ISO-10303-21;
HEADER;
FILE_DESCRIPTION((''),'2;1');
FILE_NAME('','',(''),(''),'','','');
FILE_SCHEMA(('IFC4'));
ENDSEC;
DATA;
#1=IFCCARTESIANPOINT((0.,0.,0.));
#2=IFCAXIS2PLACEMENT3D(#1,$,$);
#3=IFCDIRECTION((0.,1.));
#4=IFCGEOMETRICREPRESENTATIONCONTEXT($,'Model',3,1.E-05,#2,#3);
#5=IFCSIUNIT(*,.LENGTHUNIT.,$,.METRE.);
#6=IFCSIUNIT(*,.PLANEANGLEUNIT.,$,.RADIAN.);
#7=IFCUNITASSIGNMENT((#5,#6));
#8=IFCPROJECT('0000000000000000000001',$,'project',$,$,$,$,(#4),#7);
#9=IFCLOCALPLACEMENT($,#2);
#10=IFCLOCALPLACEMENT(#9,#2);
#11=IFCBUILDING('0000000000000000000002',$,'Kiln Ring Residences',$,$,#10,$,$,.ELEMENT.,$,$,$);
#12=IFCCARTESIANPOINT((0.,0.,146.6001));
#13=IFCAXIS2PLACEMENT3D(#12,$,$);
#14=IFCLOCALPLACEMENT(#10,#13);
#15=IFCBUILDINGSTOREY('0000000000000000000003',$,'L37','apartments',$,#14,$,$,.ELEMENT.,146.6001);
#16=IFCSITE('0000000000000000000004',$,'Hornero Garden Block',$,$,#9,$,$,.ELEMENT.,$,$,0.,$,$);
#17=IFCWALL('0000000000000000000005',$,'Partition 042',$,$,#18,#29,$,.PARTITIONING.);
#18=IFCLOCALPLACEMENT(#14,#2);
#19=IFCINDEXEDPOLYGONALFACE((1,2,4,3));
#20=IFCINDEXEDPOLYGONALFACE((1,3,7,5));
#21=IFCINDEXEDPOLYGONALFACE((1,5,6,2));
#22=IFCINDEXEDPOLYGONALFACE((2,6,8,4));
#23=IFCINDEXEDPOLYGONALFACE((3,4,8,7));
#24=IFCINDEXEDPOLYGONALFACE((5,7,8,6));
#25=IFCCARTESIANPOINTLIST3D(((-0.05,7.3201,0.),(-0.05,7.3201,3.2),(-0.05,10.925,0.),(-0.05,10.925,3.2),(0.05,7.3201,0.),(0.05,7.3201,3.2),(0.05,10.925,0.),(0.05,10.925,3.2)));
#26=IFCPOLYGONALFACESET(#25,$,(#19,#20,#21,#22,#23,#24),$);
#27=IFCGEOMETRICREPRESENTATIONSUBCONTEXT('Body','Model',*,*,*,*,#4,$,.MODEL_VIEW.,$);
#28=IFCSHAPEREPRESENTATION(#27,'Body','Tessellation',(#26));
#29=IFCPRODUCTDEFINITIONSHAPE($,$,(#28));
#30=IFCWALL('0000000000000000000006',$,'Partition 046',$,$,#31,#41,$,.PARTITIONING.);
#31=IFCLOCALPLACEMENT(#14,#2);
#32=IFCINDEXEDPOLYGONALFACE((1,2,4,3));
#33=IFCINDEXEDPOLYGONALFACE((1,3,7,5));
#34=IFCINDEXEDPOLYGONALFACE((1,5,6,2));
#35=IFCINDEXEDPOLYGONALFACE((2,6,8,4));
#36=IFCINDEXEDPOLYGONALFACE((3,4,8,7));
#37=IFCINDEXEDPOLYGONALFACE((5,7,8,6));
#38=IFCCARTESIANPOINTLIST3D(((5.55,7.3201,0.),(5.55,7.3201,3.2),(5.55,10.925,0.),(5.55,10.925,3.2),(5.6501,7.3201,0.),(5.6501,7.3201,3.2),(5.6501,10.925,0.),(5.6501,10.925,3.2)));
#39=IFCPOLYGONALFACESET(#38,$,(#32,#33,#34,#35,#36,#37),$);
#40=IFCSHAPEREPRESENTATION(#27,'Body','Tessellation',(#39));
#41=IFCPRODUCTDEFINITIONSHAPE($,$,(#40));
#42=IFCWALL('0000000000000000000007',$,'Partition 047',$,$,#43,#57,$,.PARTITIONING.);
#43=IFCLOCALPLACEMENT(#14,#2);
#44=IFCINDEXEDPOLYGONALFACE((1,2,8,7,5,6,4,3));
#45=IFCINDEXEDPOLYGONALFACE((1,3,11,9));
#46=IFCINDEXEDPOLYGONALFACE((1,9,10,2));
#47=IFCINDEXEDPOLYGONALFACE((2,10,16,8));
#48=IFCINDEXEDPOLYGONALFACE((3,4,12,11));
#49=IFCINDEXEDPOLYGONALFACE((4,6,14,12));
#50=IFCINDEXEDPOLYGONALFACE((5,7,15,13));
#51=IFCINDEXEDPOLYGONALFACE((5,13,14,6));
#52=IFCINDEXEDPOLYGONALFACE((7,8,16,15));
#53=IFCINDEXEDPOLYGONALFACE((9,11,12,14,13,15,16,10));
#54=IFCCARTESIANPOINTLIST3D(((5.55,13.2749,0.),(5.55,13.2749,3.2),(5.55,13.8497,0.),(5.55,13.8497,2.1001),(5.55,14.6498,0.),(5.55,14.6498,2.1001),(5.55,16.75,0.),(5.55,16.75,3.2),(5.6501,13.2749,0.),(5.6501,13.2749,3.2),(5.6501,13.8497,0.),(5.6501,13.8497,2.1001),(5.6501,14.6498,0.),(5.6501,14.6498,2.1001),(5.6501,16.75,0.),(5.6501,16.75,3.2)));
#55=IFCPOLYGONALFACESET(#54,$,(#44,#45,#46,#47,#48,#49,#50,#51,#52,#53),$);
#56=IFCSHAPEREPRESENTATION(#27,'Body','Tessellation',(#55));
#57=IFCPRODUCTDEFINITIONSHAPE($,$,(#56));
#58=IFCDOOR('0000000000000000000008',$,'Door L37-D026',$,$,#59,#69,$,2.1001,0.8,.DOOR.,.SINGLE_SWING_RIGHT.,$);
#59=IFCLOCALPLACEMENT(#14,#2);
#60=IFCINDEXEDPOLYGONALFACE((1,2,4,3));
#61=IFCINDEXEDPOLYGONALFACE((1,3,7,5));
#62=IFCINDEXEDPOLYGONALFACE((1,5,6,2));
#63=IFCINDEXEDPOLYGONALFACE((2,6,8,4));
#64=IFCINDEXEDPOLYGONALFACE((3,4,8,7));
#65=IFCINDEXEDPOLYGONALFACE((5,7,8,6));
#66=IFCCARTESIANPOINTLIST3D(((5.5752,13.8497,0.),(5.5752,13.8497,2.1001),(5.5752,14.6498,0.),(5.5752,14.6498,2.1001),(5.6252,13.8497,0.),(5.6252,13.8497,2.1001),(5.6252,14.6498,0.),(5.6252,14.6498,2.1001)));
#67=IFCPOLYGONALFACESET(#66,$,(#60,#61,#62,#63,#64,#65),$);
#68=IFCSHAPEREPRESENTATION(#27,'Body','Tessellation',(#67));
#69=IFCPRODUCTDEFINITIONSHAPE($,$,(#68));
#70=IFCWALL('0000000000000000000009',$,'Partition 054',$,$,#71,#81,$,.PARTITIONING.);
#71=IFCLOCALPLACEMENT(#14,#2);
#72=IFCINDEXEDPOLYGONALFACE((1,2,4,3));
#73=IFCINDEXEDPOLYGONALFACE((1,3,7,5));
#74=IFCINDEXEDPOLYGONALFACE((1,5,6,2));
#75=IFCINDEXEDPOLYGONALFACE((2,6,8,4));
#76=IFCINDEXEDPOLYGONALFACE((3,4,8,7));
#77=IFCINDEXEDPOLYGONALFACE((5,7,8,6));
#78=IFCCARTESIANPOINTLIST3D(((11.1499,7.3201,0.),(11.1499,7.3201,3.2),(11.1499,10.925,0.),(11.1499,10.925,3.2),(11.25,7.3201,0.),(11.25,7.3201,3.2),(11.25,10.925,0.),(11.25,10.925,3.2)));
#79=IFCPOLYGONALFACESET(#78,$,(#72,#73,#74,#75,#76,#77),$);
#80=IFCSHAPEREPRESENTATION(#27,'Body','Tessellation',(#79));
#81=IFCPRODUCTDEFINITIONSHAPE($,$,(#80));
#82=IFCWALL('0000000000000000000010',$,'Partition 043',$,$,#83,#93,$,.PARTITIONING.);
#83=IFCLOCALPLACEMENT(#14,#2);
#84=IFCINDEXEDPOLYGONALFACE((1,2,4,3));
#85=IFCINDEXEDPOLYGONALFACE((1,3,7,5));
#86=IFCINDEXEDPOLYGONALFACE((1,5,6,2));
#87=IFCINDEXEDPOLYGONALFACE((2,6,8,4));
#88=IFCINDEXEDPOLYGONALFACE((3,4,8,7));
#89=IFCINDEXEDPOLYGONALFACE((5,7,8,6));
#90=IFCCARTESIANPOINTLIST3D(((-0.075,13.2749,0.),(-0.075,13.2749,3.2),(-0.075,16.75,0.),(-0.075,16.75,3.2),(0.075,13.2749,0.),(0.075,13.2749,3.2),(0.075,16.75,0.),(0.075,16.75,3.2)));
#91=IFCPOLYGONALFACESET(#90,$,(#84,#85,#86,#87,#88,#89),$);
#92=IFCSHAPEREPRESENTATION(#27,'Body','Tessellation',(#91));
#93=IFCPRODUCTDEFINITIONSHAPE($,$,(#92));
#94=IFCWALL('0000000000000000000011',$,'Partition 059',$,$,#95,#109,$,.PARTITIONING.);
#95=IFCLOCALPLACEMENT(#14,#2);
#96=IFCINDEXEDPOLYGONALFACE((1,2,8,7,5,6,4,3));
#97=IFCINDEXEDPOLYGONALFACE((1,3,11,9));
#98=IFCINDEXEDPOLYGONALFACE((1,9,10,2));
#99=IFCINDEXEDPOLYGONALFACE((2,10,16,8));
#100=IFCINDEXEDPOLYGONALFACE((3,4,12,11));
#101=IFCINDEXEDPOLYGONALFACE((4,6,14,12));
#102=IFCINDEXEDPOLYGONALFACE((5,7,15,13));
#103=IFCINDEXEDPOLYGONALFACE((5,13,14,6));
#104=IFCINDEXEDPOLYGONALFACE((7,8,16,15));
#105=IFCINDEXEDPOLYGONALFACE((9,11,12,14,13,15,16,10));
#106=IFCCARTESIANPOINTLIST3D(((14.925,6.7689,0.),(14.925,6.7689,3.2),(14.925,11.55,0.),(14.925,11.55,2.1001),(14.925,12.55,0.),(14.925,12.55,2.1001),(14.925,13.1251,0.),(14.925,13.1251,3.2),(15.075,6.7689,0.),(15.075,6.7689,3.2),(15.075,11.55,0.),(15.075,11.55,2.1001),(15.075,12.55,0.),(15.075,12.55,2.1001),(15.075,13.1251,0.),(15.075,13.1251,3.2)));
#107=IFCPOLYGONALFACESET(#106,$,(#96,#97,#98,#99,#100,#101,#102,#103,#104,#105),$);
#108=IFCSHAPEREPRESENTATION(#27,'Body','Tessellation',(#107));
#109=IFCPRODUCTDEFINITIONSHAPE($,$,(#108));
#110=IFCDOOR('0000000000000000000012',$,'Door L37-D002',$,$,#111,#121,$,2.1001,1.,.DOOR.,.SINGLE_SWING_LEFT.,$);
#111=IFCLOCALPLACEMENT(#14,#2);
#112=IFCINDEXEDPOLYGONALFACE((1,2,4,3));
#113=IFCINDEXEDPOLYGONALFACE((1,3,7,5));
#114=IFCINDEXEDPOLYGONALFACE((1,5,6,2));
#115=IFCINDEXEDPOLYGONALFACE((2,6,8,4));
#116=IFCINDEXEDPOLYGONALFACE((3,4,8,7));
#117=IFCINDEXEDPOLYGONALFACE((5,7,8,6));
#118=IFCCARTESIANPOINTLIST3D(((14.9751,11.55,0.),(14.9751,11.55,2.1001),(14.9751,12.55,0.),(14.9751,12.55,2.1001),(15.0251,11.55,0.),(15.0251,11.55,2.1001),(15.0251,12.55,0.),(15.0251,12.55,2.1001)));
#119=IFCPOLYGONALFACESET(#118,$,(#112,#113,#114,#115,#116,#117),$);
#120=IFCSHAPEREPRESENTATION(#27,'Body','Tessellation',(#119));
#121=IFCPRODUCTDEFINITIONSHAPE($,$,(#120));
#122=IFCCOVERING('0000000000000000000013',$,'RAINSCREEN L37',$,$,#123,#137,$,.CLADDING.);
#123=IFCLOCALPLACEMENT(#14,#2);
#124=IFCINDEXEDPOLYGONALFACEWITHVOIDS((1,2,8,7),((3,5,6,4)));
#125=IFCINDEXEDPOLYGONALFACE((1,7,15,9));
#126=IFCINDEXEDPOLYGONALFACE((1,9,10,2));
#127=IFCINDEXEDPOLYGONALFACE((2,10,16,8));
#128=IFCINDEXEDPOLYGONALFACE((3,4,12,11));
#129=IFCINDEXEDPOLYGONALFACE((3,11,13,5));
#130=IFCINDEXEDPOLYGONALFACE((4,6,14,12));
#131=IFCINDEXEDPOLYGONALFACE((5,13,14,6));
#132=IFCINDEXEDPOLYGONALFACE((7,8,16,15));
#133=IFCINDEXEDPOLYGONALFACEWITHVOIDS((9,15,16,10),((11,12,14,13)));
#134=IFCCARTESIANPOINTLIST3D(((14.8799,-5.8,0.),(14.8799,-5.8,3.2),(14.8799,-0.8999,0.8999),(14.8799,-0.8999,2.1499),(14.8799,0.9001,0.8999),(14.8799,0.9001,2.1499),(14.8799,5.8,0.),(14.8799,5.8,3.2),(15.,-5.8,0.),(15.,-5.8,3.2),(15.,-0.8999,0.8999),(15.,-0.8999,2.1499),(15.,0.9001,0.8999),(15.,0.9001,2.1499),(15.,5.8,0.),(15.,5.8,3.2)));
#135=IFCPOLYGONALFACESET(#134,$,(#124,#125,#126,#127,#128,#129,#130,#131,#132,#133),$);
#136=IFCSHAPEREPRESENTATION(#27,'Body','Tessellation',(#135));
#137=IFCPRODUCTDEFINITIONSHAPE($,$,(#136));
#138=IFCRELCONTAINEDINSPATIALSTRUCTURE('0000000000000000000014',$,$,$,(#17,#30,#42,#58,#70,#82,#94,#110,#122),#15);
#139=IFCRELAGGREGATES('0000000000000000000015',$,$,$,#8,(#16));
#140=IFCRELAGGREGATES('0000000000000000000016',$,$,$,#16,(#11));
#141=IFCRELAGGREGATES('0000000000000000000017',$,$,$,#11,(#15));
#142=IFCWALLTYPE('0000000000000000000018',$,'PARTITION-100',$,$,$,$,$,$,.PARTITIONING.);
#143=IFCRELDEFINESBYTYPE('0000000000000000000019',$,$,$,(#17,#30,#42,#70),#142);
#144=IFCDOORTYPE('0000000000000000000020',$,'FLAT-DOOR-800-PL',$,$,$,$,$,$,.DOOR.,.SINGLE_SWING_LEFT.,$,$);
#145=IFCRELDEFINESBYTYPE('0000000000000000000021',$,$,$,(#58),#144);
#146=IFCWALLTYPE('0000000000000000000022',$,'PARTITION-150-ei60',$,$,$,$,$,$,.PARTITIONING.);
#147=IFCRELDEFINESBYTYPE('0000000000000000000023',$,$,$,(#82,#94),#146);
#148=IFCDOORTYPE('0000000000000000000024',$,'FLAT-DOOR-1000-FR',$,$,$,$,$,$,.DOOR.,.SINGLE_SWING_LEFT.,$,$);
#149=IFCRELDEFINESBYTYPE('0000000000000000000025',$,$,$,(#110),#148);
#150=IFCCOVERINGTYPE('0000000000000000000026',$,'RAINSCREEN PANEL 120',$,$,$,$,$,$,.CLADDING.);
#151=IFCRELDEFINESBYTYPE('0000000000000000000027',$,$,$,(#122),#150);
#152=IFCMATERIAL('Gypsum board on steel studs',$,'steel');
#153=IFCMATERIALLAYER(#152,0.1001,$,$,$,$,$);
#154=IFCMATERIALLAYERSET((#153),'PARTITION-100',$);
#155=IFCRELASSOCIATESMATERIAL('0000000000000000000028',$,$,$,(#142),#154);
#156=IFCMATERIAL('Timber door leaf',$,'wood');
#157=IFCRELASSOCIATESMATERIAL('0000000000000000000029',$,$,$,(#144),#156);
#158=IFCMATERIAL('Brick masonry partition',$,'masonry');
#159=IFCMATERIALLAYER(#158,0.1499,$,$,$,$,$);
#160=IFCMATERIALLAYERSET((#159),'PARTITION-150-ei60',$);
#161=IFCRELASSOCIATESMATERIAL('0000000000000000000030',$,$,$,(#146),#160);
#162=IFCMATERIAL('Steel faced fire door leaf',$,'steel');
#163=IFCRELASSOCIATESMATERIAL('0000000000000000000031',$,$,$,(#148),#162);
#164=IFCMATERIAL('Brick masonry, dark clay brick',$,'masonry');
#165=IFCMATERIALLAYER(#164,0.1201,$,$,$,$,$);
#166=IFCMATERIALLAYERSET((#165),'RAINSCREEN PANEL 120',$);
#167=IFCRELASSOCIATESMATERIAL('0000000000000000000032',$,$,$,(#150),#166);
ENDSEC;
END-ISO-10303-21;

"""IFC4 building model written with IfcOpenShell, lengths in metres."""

from ifc_helpers import new_model, si_unit, direction, frame, frame_2d, origin, place, context, subcontext, project, spatial, polyline, rectangle, outline, extrude, material, layer, layer_set, type_object, element, fill, save


model = new_model("IFC4")

# Units and contexts
model_context = context("Model", 3, precision=1e-05, world=origin(), true_north=direction((0.0, 1.0)))
body_context = subcontext(model_context, "Body", "Model", "MODEL_VIEW")
ifc_project = project(units=[si_unit("LENGTHUNIT", "METRE"), si_unit("PLANEANGLEUNIT", "RADIAN")], contexts=[model_context])

# Site, building, storey
site_placement = place(None, origin())
site = spatial("IfcSite", under=ifc_project, at=site_placement, Name="Hornero Garden Block", CompositionType="ELEMENT", RefElevation=0.0)
building_placement = place(site_placement, origin())
building = spatial("IfcBuilding", under=site, at=building_placement, Name="Kiln Ring Residences", CompositionType="ELEMENT")
storey_placement = place(building_placement, frame((0.0, 0.0, 146.6001)))
storey = spatial("IfcBuildingStorey", under=building, at=storey_placement, Name="L37", Description="apartments", CompositionType="ELEMENT", Elevation=146.6001)

# Walls
ifc_material_1 = material(Name="Gypsum board on steel studs", Category="steel")
ifc_layer_1 = layer(ifc_material_1, 0.1001)
ifc_layer_set_1 = layer_set([ifc_layer_1], Name="PARTITION-100")
wall_type_1 = type_object("IfcWallType", Name="PARTITION-100", PredefinedType="PARTITIONING", material=ifc_layer_set_1)
for number, where, z_axis, x_axis, name in (
    (1, (0.0, 7.3201, 0.0), (0.0, 0.0, 1.0), (0.0, 1.0, 0.0), "Partition 042"),
    (2, (5.6001, 7.3201, 0.0), (0.0, 0.0, 1.0), (0.0, 1.0, 0.0), "Partition 046"),
):
    element("IfcWall", number, at=place(storey_placement, frame(where, z_axis=z_axis, x_axis=x_axis)), inside=storey, type_object=wall_type_1, Name=name, PredefinedType="PARTITIONING", context=body_context, shape_type="SweptSolid", body=[
        extrude(rectangle(XDim=3.605, YDim=0.1001, at=frame_2d((1.8025, 0.0))), origin(), (0.0, 0.0, 1.0), 3.2),
    ])

# Wall, opening, door
wall_1_placement = place(storey_placement, frame((5.6001, 13.2749, 0.0), z_axis=(0.0, 0.0, 1.0), x_axis=(0.0, 1.0, 0.0)))
wall_1 = element("IfcWall", 3, at=wall_1_placement, inside=storey, type_object=wall_type_1, Name="Partition 047", PredefinedType="PARTITIONING", context=body_context, shape_type="SweptSolid", body=[
    extrude(rectangle(XDim=3.4751, YDim=0.1001, at=frame_2d((1.7375, 0.0))), origin(), (0.0, 0.0, 1.0), 3.2),
])
opening_1_placement = place(wall_1_placement, frame((0.575, 0.0, 0.0)))
opening_1 = element("IfcOpeningElement", 4, at=opening_1_placement, cuts=wall_1, PredefinedType="OPENING", context=body_context, shape_type="SweptSolid", body=[
    extrude(rectangle(XDim=0.8, YDim=2.1001, at=frame_2d((0.3999, 1.05))), frame((0.0, 0.0601, 0.0), z_axis=(0.0, -1.0, 0.0), x_axis=(1.0, 0.0, 0.0)), (0.0, 0.0, 1.0), 0.1201),
])
ifc_material_2 = material(Name="Timber door leaf", Category="wood")
door_type_1 = type_object("IfcDoorType", Name="FLAT-DOOR-800-PL", OperationType="SINGLE_SWING_LEFT", PredefinedType="DOOR", material=ifc_material_2)
door_1_placement = place(opening_1_placement, origin())
door_1 = element("IfcDoor", 5, at=door_1_placement, inside=storey, type_object=door_type_1, Name="Door L37-D026", OperationType="SINGLE_SWING_RIGHT", OverallHeight=2.1001, OverallWidth=0.8, PredefinedType="DOOR", context=body_context, shape_type="SweptSolid", body=[
    extrude(rectangle(XDim=0.8, YDim=2.1001, at=frame_2d((0.3999, 1.05))), frame((0.0, 0.0249, 0.0), z_axis=(0.0, -1.0, 0.0), x_axis=(1.0, 0.0, 0.0)), (0.0, 0.0, 1.0), 0.05),
])
fill(opening_1, door_1)

# Walls
wall_2_placement = place(storey_placement, frame((11.2, 7.3201, 0.0), z_axis=(0.0, 0.0, 1.0), x_axis=(0.0, 1.0, 0.0)))
element("IfcWall", 6, at=wall_2_placement, inside=storey, type_object=wall_type_1, Name="Partition 054", PredefinedType="PARTITIONING", context=body_context, shape_type="SweptSolid", body=[
    extrude(rectangle(XDim=3.605, YDim=0.1001, at=frame_2d((1.8025, 0.0))), origin(), (0.0, 0.0, 1.0), 3.2),
])
ifc_material_3 = material(Name="Brick masonry partition", Category="masonry")
ifc_layer_2 = layer(ifc_material_3, 0.1499)
ifc_layer_set_2 = layer_set([ifc_layer_2], Name="PARTITION-150-ei60")
wall_type_2 = type_object("IfcWallType", Name="PARTITION-150-ei60", PredefinedType="PARTITIONING", material=ifc_layer_set_2)
wall_3_placement = place(storey_placement, frame((0.0, 13.2749, 0.0), z_axis=(0.0, 0.0, 1.0), x_axis=(0.0, 1.0, 0.0)))
element("IfcWall", 7, at=wall_3_placement, inside=storey, type_object=wall_type_2, Name="Partition 043", PredefinedType="PARTITIONING", context=body_context, shape_type="SweptSolid", body=[
    extrude(rectangle(XDim=3.4751, YDim=0.1499, at=frame_2d((1.7375, 0.0))), origin(), (0.0, 0.0, 1.0), 3.2),
])

# Wall, opening, door
wall_4_placement = place(storey_placement, frame((15.0, 6.7688, 0.0), z_axis=(0.0, 0.0, 1.0), x_axis=(0.0, 1.0, 0.0)))
wall_4 = element("IfcWall", 8, at=wall_4_placement, inside=storey, type_object=wall_type_2, Name="Partition 059", PredefinedType="PARTITIONING", context=body_context, shape_type="SweptSolid", body=[
    extrude(rectangle(XDim=6.3562, YDim=0.1499, at=frame_2d((3.1782, 0.0))), origin(), (0.0, 0.0, 1.0), 3.2),
])
opening_2_placement = place(wall_4_placement, frame((4.7812, 0.0, 0.0)))
opening_2 = element("IfcOpeningElement", 9, at=opening_2_placement, cuts=wall_4, PredefinedType="OPENING", context=body_context, shape_type="SweptSolid", body=[
    extrude(rectangle(XDim=1.0, YDim=2.1001, at=frame_2d((0.5, 1.05))), frame((0.0, 0.085, 0.0), z_axis=(0.0, -1.0, 0.0), x_axis=(1.0, 0.0, 0.0)), (0.0, 0.0, 1.0), 0.1699),
])
ifc_material_4 = material(Name="Steel faced fire door leaf", Category="steel")
door_type_2 = type_object("IfcDoorType", Name="FLAT-DOOR-1000-FR", OperationType="SINGLE_SWING_LEFT", PredefinedType="DOOR", material=ifc_material_4)
door_2_placement = place(opening_2_placement, origin())
door_2 = element("IfcDoor", 10, at=door_2_placement, inside=storey, type_object=door_type_2, Name="Door L37-D002", OperationType="SINGLE_SWING_LEFT", OverallHeight=2.1001, OverallWidth=1.0, PredefinedType="DOOR", context=body_context, shape_type="SweptSolid", body=[
    extrude(rectangle(XDim=1.0, YDim=2.1001, at=frame_2d((0.5, 1.05))), frame((0.0, 0.0249, 0.0), z_axis=(0.0, -1.0, 0.0), x_axis=(1.0, 0.0, 0.0)), (0.0, 0.0, 1.0), 0.05),
])
fill(opening_2, door_2)

# Covering
ifc_material_5 = material(Name="Brick masonry, dark clay brick", Category="masonry")
ifc_layer_3 = layer(ifc_material_5, 0.1201)
ifc_layer_set_3 = layer_set([ifc_layer_3], Name="RAINSCREEN PANEL 120")
covering_type = type_object("IfcCoveringType", Name="RAINSCREEN PANEL 120", PredefinedType="CLADDING", material=ifc_layer_set_3)
covering_placement = place(storey_placement, frame((14.9399, 5.8, 0.0), z_axis=(0.0, 0.0, 1.0), x_axis=(0.0, -1.0, 0.0)))
element("IfcCovering", 11, at=covering_placement, inside=storey, type_object=covering_type, Name="RAINSCREEN L37", PredefinedType="CLADDING", context=body_context, shape_type="SweptSolid", body=[
    extrude(outline(polyline([(0.0, 0.0), (11.6001, 0.0), (11.6001, 3.2), (0.0, 3.2), (0.0, 0.0)]), holes=[polyline([(4.8999, 2.1499), (4.8999, 0.8999), (6.7, 0.8999), (6.7, 2.1499), (4.8999, 2.1499)])]), frame((0.0, 0.0601, 0.0), z_axis=(0.0, -1.0, 0.0), x_axis=(1.0, 0.0, 0.0)), (0.0, 0.0, 1.0), 0.1201),
])

save(model, "model.ifc")
